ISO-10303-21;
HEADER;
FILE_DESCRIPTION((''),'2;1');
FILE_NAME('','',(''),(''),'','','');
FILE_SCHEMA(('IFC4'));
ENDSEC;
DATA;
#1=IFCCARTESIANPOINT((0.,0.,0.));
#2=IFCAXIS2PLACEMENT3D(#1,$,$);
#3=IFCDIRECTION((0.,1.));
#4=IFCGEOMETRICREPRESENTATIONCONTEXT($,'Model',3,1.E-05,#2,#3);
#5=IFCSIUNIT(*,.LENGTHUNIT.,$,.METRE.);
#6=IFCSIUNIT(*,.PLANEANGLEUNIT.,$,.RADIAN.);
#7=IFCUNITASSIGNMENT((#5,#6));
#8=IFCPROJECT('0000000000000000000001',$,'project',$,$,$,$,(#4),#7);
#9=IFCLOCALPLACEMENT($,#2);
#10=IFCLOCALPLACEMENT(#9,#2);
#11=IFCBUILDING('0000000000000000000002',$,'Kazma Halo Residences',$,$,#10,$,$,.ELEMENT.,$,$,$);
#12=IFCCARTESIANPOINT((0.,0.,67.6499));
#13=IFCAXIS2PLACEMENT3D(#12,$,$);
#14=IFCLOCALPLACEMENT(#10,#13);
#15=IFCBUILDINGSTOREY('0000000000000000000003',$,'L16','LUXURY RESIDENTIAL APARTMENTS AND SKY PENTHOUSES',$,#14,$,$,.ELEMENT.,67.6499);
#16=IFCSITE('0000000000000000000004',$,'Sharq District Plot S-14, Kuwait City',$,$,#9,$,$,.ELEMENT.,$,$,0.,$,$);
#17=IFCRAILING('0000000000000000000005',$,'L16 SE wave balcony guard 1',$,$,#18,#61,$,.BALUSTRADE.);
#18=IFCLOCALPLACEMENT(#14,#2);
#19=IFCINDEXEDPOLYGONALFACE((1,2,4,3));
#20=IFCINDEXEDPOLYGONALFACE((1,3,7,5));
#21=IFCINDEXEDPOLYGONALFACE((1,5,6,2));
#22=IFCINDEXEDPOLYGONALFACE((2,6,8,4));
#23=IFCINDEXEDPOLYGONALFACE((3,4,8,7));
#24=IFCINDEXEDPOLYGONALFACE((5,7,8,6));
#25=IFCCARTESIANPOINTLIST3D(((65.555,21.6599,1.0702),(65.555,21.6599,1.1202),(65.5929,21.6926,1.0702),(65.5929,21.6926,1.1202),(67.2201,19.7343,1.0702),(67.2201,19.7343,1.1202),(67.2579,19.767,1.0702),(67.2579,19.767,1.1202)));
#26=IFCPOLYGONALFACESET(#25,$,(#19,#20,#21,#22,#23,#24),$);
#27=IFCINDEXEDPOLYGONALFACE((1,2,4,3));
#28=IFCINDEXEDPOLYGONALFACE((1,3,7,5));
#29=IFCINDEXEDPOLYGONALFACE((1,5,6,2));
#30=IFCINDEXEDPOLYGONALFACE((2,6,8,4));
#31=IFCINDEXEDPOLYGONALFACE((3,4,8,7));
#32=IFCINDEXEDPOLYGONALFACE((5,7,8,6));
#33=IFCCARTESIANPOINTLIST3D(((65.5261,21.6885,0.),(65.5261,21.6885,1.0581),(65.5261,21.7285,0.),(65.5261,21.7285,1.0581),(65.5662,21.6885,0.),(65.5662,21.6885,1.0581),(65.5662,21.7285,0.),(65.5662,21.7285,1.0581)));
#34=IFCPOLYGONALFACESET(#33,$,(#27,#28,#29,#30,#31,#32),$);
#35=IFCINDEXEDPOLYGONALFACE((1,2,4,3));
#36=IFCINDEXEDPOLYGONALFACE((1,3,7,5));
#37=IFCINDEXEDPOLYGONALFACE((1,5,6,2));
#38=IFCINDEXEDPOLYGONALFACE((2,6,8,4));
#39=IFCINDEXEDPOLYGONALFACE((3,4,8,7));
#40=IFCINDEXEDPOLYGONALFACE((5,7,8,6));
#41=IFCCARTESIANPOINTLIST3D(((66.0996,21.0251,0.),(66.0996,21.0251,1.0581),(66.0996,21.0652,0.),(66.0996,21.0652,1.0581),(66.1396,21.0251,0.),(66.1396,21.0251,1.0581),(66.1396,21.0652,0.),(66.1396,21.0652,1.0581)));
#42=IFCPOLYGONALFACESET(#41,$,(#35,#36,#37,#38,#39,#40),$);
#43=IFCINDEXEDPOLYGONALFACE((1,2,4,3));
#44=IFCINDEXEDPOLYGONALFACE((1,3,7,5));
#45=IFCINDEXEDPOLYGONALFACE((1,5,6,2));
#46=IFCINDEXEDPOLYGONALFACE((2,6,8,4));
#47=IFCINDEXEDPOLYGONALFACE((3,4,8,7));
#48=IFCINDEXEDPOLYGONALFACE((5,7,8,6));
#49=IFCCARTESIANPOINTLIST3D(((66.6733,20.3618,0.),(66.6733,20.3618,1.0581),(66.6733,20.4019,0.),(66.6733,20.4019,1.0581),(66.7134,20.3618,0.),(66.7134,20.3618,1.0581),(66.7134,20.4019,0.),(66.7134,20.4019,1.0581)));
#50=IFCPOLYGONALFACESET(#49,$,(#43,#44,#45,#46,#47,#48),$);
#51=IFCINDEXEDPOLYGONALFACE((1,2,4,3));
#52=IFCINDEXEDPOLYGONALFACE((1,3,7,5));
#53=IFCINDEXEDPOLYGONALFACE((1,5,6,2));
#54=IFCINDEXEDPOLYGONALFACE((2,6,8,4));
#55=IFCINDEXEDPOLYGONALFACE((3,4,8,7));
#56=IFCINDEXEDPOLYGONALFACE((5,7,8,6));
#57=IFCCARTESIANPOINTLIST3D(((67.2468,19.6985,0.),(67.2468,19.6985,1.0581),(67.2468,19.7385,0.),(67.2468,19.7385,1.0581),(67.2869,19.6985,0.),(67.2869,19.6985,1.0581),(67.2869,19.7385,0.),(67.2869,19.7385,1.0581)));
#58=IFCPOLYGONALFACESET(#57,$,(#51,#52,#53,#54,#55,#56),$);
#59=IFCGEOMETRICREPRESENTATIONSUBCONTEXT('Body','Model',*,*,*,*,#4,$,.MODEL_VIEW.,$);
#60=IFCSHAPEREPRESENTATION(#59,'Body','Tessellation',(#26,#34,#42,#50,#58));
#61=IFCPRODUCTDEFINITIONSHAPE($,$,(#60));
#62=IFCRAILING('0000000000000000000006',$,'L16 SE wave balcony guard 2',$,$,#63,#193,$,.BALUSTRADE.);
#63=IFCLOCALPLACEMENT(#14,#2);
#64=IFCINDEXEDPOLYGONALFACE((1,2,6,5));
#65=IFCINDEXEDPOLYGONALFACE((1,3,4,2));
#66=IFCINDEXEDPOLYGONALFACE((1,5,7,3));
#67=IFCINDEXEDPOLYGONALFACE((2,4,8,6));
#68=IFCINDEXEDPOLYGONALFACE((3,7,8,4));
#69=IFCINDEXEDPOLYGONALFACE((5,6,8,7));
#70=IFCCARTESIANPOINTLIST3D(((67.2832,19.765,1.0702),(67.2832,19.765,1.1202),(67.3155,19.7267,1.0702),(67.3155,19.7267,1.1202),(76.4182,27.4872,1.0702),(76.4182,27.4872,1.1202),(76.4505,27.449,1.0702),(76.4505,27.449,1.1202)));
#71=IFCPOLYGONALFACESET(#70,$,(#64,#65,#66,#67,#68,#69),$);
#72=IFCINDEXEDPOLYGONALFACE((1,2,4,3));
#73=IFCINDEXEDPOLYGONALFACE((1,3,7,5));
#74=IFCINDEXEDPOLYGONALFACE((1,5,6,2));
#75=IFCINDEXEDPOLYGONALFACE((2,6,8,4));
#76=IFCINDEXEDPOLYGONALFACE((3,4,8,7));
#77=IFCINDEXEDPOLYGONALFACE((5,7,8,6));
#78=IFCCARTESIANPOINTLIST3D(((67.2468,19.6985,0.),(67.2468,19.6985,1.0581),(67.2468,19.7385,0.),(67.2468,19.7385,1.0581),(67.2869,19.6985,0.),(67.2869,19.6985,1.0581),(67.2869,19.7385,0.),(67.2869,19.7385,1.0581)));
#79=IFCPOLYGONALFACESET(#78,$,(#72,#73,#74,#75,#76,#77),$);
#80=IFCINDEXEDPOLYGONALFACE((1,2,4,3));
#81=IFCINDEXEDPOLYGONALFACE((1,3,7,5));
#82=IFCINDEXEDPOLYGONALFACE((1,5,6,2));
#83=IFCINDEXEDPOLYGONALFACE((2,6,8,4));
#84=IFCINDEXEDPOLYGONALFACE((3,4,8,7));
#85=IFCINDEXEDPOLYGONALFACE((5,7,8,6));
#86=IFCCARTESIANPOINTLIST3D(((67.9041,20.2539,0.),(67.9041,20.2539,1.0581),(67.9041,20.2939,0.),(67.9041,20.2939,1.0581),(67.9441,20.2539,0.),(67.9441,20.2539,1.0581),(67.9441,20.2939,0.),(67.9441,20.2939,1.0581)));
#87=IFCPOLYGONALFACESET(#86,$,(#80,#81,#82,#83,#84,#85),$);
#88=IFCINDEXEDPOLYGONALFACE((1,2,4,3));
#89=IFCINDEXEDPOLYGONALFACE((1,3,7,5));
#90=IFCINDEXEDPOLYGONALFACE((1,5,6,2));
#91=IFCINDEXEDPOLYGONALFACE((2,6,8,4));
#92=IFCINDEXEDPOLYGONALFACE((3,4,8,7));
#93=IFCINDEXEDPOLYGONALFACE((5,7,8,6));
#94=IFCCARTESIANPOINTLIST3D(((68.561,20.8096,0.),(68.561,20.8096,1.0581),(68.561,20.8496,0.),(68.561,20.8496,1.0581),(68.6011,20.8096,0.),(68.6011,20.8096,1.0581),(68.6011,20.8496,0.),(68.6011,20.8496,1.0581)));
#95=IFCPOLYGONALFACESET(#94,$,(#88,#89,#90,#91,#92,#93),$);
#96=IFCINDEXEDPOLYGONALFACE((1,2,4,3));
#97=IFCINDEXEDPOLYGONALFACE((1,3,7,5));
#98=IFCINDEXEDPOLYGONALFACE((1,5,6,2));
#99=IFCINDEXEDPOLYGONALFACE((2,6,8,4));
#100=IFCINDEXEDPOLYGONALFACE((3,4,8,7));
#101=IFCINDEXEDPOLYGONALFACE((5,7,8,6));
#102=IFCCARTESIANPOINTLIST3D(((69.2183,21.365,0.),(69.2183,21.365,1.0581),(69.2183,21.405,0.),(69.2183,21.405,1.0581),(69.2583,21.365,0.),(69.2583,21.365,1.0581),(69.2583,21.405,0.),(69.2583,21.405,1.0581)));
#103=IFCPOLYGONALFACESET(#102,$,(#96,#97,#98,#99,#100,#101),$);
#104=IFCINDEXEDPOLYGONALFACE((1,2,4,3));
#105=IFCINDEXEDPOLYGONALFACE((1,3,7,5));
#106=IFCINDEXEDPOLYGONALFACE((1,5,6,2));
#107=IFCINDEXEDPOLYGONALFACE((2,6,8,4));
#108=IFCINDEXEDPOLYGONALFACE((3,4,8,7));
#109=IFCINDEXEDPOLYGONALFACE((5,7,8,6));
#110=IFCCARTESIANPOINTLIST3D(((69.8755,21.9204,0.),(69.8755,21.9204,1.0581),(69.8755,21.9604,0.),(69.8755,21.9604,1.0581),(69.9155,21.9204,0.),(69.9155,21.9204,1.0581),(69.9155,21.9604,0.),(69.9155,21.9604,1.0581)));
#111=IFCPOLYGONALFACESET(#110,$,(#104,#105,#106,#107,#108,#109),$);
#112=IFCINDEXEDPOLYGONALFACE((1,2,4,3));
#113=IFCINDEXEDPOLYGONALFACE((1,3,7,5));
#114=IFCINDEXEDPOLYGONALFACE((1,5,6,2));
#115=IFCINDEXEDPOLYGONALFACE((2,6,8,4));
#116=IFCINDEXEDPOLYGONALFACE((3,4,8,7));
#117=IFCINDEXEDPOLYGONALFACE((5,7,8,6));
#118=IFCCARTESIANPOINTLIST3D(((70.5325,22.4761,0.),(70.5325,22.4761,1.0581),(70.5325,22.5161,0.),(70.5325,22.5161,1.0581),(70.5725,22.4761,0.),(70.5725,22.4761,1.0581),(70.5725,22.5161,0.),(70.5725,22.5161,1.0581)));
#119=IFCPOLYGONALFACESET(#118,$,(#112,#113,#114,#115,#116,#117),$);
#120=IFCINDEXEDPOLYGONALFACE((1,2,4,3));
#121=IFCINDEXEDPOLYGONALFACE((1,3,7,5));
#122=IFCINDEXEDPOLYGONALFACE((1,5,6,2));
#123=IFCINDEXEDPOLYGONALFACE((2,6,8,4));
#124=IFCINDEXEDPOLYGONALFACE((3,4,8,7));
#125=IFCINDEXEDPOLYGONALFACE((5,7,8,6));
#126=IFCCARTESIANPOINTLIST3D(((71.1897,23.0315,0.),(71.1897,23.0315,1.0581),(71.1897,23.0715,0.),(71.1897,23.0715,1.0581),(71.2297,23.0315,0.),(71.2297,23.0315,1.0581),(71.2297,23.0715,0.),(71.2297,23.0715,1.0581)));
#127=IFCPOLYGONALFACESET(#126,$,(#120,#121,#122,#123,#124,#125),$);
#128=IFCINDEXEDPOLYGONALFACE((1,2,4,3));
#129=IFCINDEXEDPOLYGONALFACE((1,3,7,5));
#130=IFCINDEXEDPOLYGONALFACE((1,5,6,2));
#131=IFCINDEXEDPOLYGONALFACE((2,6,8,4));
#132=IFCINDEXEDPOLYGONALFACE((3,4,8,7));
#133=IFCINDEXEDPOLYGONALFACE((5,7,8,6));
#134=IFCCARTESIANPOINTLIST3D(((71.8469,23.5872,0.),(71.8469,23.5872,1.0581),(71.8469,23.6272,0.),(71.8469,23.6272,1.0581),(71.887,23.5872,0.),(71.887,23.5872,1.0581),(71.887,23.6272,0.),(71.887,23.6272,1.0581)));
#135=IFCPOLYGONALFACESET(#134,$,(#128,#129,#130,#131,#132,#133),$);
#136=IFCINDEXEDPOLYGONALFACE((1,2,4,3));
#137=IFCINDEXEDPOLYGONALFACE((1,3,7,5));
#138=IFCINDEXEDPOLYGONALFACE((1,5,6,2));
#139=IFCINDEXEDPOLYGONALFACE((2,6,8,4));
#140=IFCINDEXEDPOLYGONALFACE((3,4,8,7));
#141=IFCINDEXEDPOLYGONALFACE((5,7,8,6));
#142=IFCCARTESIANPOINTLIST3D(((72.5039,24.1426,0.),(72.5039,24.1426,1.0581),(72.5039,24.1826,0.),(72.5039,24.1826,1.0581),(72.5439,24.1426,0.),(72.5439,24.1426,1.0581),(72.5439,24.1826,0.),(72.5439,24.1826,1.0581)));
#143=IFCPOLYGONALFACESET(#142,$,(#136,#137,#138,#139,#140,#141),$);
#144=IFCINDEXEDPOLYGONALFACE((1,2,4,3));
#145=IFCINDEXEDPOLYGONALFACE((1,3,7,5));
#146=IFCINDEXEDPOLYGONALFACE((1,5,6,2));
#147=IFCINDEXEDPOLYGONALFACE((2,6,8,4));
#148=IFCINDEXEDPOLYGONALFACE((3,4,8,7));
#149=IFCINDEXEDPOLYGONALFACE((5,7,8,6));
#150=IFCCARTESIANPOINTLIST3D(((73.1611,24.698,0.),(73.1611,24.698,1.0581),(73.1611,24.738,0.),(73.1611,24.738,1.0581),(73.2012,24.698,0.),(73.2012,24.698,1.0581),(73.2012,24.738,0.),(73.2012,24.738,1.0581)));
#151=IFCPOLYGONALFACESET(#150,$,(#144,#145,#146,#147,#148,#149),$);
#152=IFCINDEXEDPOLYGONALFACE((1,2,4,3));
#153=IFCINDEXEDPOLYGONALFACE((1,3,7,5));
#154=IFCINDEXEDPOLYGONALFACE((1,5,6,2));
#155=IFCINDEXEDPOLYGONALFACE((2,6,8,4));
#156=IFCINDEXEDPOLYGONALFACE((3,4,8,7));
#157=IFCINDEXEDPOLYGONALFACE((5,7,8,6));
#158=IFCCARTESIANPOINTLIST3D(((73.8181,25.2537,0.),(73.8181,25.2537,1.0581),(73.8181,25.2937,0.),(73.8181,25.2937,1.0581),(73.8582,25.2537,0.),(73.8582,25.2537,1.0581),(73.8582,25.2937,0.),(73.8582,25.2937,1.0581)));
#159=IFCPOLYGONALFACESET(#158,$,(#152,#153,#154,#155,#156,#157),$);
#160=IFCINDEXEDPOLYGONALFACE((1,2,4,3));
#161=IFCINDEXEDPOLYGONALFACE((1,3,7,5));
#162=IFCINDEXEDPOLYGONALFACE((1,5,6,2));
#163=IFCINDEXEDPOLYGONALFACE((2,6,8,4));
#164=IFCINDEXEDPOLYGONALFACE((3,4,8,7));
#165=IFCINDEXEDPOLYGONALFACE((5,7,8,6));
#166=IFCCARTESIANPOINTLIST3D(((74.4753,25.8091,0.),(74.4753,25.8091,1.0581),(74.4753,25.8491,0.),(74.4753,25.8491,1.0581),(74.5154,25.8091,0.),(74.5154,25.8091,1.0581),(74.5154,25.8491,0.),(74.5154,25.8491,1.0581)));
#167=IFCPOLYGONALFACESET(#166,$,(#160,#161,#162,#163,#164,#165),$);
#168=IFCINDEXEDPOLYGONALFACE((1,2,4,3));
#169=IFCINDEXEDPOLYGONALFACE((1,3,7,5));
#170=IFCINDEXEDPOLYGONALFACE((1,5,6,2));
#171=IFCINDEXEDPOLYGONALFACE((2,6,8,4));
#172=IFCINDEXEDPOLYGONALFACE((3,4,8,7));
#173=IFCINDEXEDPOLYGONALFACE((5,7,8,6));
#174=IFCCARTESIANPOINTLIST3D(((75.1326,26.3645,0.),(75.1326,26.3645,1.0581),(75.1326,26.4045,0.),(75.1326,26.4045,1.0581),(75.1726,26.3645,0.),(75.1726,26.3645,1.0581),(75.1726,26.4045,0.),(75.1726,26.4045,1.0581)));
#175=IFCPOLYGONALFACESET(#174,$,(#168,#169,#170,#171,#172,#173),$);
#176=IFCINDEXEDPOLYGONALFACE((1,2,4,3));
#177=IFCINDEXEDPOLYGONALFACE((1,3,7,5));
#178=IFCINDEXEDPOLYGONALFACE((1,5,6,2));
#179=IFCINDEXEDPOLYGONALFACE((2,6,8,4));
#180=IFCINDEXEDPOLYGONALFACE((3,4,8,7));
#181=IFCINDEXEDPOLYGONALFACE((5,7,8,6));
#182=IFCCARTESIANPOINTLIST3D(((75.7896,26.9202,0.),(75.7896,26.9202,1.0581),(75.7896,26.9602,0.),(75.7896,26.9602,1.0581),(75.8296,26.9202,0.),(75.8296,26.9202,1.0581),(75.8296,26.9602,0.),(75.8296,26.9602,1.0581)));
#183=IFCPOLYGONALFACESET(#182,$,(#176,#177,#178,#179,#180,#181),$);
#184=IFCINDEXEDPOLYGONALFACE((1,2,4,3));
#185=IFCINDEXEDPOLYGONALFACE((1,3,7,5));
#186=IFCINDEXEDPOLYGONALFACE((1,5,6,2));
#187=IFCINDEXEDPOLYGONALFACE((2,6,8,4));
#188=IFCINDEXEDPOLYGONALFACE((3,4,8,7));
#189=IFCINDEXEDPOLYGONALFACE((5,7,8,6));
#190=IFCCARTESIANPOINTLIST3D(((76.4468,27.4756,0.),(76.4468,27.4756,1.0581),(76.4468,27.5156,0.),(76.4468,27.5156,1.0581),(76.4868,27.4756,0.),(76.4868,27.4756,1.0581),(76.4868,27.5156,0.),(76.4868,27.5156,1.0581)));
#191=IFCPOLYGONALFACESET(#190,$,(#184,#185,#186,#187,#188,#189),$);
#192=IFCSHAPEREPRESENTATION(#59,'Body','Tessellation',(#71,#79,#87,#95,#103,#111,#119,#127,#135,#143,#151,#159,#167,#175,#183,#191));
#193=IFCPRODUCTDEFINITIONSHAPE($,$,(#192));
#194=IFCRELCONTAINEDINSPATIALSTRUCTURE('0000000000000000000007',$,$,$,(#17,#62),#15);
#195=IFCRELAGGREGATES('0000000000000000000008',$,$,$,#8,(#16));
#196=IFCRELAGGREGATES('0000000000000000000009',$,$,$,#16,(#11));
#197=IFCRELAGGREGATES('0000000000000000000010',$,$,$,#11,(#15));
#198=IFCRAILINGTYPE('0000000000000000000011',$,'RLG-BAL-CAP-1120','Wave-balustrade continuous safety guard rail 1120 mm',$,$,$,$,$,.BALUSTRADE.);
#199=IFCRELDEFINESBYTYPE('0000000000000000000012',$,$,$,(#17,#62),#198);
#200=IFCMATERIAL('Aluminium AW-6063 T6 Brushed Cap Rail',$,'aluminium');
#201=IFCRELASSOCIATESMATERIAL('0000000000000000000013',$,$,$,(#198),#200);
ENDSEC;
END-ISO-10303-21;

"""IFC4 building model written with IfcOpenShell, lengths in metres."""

from ifc_helpers import new_model, si_unit, direction, frame, origin, origin_2d, place, context, subcontext, project, spatial, rectangle, extrude, material, type_object, element, save


model = new_model("IFC4")

# Units and contexts
model_context = context("Model", 3, precision=1e-05, world=origin(), true_north=direction((0.0, 1.0)))
body_context = subcontext(model_context, "Body", "Model", "MODEL_VIEW")
ifc_project = project(units=[si_unit("LENGTHUNIT", "METRE"), si_unit("PLANEANGLEUNIT", "RADIAN")], contexts=[model_context])

# Site, building, storey
site_placement = place(None, origin())
site = spatial("IfcSite", under=ifc_project, at=site_placement, Name="Sharq District Plot S-14, Kuwait City", CompositionType="ELEMENT", RefElevation=0.0)
building_placement = place(site_placement, origin())
building = spatial("IfcBuilding", under=site, at=building_placement, Name="Kazma Halo Residences", CompositionType="ELEMENT")
storey_placement = place(building_placement, frame((0.0, 0.0, 67.6499)))
storey = spatial("IfcBuildingStorey", under=building, at=storey_placement, Name="L16", Description="LUXURY RESIDENTIAL APARTMENTS AND SKY PENTHOUSES", CompositionType="ELEMENT", Elevation=67.6499)

# Railings
ifc_material_1 = material(Name="Aluminium AW-6063 T6 Brushed Cap Rail", Category="aluminium")
railing_type = type_object("IfcRailingType", Name="RLG-BAL-CAP-1120", Description="Wave-balustrade continuous safety guard rail 1120 mm", PredefinedType="BALUSTRADE", material=ifc_material_1)
railing_1_placement = place(storey_placement, frame((65.5461, 21.7085, 0.0)))
element("IfcRailing", 1, at=railing_1_placement, inside=storey, type_object=railing_type, Name="L16 SE wave balcony guard 1", PredefinedType="BALUSTRADE", context=body_context, shape_type="SweptSolid", body=[
    extrude(rectangle(XDim=0.05, YDim=0.05, at=origin_2d()), frame((0.0278, -0.0322, 1.0952), z_axis=(0.654072, -0.756433, 0.0), x_axis=(0.756433, 0.654072, 0.0)), (0.0, 0.0, 1.0), 2.5457),
    extrude(rectangle(XDim=0.04, YDim=0.04, at=origin_2d()), origin(), (0.0, 0.0, 1.0), 1.0581),
    extrude(rectangle(XDim=0.04, YDim=0.04, at=origin_2d()), frame((0.5735, -0.6633, 0.0)), (0.0, 0.0, 1.0), 1.0581),
    extrude(rectangle(XDim=0.04, YDim=0.04, at=origin_2d()), frame((1.1472, -1.3267, 0.0)), (0.0, 0.0, 1.0), 1.0581),
    extrude(rectangle(XDim=0.04, YDim=0.04, at=origin_2d()), frame((1.7207, -1.99, 0.0)), (0.0, 0.0, 1.0), 1.0581),
])
railing_2_placement = place(storey_placement, frame((67.2668, 19.7185, 0.0)))
element("IfcRailing", 2, at=railing_2_placement, inside=storey, type_object=railing_type, Name="L16 SE wave balcony guard 2", PredefinedType="BALUSTRADE", context=body_context, shape_type="SweptSolid", body=[
    extrude(rectangle(XDim=0.05, YDim=0.05, at=origin_2d()), frame((0.0325, 0.0273, 1.0952), z_axis=(0.763692, 0.645581, 0.0), x_axis=(-0.645581, 0.763692, 0.0)), (0.0, 0.0, 1.0), 11.9617),
    extrude(rectangle(XDim=0.04, YDim=0.04, at=origin_2d()), origin(), (0.0, 0.0, 1.0), 1.0581),
    extrude(rectangle(XDim=0.04, YDim=0.04, at=origin_2d()), frame((0.6572, 0.5554, 0.0)), (0.0, 0.0, 1.0), 1.0581),
    extrude(rectangle(XDim=0.04, YDim=0.04, at=origin_2d()), frame((1.3142, 1.1111, 0.0)), (0.0, 0.0, 1.0), 1.0581),
    extrude(rectangle(XDim=0.04, YDim=0.04, at=origin_2d()), frame((1.9714, 1.6665, 0.0)), (0.0, 0.0, 1.0), 1.0581),
    extrude(rectangle(XDim=0.04, YDim=0.04, at=origin_2d()), frame((2.6287, 2.2219, 0.0)), (0.0, 0.0, 1.0), 1.0581),
    extrude(rectangle(XDim=0.04, YDim=0.04, at=origin_2d()), frame((3.2856, 2.7776, 0.0)), (0.0, 0.0, 1.0), 1.0581),
    extrude(rectangle(XDim=0.04, YDim=0.04, at=origin_2d()), frame((3.9429, 3.333, 0.0)), (0.0, 0.0, 1.0), 1.0581),
    extrude(rectangle(XDim=0.04, YDim=0.04, at=origin_2d()), frame((4.6001, 3.8887, 0.0)), (0.0, 0.0, 1.0), 1.0581),
    extrude(rectangle(XDim=0.04, YDim=0.04, at=origin_2d()), frame((5.2571, 4.4441, 0.0)), (0.0, 0.0, 1.0), 1.0581),
    extrude(rectangle(XDim=0.04, YDim=0.04, at=origin_2d()), frame((5.9143, 4.9995, 0.0)), (0.0, 0.0, 1.0), 1.0581),
    extrude(rectangle(XDim=0.04, YDim=0.04, at=origin_2d()), frame((6.5713, 5.5552, 0.0)), (0.0, 0.0, 1.0), 1.0581),
    extrude(rectangle(XDim=0.04, YDim=0.04, at=origin_2d()), frame((7.2285, 6.1106, 0.0)), (0.0, 0.0, 1.0), 1.0581),
    extrude(rectangle(XDim=0.04, YDim=0.04, at=origin_2d()), frame((7.8857, 6.666, 0.0)), (0.0, 0.0, 1.0), 1.0581),
    extrude(rectangle(XDim=0.04, YDim=0.04, at=origin_2d()), frame((8.5427, 7.2217, 0.0)), (0.0, 0.0, 1.0), 1.0581),
    extrude(rectangle(XDim=0.04, YDim=0.04, at=origin_2d()), frame((9.2, 7.7771, 0.0)), (0.0, 0.0, 1.0), 1.0581),
])

save(model, "model.ifc")
